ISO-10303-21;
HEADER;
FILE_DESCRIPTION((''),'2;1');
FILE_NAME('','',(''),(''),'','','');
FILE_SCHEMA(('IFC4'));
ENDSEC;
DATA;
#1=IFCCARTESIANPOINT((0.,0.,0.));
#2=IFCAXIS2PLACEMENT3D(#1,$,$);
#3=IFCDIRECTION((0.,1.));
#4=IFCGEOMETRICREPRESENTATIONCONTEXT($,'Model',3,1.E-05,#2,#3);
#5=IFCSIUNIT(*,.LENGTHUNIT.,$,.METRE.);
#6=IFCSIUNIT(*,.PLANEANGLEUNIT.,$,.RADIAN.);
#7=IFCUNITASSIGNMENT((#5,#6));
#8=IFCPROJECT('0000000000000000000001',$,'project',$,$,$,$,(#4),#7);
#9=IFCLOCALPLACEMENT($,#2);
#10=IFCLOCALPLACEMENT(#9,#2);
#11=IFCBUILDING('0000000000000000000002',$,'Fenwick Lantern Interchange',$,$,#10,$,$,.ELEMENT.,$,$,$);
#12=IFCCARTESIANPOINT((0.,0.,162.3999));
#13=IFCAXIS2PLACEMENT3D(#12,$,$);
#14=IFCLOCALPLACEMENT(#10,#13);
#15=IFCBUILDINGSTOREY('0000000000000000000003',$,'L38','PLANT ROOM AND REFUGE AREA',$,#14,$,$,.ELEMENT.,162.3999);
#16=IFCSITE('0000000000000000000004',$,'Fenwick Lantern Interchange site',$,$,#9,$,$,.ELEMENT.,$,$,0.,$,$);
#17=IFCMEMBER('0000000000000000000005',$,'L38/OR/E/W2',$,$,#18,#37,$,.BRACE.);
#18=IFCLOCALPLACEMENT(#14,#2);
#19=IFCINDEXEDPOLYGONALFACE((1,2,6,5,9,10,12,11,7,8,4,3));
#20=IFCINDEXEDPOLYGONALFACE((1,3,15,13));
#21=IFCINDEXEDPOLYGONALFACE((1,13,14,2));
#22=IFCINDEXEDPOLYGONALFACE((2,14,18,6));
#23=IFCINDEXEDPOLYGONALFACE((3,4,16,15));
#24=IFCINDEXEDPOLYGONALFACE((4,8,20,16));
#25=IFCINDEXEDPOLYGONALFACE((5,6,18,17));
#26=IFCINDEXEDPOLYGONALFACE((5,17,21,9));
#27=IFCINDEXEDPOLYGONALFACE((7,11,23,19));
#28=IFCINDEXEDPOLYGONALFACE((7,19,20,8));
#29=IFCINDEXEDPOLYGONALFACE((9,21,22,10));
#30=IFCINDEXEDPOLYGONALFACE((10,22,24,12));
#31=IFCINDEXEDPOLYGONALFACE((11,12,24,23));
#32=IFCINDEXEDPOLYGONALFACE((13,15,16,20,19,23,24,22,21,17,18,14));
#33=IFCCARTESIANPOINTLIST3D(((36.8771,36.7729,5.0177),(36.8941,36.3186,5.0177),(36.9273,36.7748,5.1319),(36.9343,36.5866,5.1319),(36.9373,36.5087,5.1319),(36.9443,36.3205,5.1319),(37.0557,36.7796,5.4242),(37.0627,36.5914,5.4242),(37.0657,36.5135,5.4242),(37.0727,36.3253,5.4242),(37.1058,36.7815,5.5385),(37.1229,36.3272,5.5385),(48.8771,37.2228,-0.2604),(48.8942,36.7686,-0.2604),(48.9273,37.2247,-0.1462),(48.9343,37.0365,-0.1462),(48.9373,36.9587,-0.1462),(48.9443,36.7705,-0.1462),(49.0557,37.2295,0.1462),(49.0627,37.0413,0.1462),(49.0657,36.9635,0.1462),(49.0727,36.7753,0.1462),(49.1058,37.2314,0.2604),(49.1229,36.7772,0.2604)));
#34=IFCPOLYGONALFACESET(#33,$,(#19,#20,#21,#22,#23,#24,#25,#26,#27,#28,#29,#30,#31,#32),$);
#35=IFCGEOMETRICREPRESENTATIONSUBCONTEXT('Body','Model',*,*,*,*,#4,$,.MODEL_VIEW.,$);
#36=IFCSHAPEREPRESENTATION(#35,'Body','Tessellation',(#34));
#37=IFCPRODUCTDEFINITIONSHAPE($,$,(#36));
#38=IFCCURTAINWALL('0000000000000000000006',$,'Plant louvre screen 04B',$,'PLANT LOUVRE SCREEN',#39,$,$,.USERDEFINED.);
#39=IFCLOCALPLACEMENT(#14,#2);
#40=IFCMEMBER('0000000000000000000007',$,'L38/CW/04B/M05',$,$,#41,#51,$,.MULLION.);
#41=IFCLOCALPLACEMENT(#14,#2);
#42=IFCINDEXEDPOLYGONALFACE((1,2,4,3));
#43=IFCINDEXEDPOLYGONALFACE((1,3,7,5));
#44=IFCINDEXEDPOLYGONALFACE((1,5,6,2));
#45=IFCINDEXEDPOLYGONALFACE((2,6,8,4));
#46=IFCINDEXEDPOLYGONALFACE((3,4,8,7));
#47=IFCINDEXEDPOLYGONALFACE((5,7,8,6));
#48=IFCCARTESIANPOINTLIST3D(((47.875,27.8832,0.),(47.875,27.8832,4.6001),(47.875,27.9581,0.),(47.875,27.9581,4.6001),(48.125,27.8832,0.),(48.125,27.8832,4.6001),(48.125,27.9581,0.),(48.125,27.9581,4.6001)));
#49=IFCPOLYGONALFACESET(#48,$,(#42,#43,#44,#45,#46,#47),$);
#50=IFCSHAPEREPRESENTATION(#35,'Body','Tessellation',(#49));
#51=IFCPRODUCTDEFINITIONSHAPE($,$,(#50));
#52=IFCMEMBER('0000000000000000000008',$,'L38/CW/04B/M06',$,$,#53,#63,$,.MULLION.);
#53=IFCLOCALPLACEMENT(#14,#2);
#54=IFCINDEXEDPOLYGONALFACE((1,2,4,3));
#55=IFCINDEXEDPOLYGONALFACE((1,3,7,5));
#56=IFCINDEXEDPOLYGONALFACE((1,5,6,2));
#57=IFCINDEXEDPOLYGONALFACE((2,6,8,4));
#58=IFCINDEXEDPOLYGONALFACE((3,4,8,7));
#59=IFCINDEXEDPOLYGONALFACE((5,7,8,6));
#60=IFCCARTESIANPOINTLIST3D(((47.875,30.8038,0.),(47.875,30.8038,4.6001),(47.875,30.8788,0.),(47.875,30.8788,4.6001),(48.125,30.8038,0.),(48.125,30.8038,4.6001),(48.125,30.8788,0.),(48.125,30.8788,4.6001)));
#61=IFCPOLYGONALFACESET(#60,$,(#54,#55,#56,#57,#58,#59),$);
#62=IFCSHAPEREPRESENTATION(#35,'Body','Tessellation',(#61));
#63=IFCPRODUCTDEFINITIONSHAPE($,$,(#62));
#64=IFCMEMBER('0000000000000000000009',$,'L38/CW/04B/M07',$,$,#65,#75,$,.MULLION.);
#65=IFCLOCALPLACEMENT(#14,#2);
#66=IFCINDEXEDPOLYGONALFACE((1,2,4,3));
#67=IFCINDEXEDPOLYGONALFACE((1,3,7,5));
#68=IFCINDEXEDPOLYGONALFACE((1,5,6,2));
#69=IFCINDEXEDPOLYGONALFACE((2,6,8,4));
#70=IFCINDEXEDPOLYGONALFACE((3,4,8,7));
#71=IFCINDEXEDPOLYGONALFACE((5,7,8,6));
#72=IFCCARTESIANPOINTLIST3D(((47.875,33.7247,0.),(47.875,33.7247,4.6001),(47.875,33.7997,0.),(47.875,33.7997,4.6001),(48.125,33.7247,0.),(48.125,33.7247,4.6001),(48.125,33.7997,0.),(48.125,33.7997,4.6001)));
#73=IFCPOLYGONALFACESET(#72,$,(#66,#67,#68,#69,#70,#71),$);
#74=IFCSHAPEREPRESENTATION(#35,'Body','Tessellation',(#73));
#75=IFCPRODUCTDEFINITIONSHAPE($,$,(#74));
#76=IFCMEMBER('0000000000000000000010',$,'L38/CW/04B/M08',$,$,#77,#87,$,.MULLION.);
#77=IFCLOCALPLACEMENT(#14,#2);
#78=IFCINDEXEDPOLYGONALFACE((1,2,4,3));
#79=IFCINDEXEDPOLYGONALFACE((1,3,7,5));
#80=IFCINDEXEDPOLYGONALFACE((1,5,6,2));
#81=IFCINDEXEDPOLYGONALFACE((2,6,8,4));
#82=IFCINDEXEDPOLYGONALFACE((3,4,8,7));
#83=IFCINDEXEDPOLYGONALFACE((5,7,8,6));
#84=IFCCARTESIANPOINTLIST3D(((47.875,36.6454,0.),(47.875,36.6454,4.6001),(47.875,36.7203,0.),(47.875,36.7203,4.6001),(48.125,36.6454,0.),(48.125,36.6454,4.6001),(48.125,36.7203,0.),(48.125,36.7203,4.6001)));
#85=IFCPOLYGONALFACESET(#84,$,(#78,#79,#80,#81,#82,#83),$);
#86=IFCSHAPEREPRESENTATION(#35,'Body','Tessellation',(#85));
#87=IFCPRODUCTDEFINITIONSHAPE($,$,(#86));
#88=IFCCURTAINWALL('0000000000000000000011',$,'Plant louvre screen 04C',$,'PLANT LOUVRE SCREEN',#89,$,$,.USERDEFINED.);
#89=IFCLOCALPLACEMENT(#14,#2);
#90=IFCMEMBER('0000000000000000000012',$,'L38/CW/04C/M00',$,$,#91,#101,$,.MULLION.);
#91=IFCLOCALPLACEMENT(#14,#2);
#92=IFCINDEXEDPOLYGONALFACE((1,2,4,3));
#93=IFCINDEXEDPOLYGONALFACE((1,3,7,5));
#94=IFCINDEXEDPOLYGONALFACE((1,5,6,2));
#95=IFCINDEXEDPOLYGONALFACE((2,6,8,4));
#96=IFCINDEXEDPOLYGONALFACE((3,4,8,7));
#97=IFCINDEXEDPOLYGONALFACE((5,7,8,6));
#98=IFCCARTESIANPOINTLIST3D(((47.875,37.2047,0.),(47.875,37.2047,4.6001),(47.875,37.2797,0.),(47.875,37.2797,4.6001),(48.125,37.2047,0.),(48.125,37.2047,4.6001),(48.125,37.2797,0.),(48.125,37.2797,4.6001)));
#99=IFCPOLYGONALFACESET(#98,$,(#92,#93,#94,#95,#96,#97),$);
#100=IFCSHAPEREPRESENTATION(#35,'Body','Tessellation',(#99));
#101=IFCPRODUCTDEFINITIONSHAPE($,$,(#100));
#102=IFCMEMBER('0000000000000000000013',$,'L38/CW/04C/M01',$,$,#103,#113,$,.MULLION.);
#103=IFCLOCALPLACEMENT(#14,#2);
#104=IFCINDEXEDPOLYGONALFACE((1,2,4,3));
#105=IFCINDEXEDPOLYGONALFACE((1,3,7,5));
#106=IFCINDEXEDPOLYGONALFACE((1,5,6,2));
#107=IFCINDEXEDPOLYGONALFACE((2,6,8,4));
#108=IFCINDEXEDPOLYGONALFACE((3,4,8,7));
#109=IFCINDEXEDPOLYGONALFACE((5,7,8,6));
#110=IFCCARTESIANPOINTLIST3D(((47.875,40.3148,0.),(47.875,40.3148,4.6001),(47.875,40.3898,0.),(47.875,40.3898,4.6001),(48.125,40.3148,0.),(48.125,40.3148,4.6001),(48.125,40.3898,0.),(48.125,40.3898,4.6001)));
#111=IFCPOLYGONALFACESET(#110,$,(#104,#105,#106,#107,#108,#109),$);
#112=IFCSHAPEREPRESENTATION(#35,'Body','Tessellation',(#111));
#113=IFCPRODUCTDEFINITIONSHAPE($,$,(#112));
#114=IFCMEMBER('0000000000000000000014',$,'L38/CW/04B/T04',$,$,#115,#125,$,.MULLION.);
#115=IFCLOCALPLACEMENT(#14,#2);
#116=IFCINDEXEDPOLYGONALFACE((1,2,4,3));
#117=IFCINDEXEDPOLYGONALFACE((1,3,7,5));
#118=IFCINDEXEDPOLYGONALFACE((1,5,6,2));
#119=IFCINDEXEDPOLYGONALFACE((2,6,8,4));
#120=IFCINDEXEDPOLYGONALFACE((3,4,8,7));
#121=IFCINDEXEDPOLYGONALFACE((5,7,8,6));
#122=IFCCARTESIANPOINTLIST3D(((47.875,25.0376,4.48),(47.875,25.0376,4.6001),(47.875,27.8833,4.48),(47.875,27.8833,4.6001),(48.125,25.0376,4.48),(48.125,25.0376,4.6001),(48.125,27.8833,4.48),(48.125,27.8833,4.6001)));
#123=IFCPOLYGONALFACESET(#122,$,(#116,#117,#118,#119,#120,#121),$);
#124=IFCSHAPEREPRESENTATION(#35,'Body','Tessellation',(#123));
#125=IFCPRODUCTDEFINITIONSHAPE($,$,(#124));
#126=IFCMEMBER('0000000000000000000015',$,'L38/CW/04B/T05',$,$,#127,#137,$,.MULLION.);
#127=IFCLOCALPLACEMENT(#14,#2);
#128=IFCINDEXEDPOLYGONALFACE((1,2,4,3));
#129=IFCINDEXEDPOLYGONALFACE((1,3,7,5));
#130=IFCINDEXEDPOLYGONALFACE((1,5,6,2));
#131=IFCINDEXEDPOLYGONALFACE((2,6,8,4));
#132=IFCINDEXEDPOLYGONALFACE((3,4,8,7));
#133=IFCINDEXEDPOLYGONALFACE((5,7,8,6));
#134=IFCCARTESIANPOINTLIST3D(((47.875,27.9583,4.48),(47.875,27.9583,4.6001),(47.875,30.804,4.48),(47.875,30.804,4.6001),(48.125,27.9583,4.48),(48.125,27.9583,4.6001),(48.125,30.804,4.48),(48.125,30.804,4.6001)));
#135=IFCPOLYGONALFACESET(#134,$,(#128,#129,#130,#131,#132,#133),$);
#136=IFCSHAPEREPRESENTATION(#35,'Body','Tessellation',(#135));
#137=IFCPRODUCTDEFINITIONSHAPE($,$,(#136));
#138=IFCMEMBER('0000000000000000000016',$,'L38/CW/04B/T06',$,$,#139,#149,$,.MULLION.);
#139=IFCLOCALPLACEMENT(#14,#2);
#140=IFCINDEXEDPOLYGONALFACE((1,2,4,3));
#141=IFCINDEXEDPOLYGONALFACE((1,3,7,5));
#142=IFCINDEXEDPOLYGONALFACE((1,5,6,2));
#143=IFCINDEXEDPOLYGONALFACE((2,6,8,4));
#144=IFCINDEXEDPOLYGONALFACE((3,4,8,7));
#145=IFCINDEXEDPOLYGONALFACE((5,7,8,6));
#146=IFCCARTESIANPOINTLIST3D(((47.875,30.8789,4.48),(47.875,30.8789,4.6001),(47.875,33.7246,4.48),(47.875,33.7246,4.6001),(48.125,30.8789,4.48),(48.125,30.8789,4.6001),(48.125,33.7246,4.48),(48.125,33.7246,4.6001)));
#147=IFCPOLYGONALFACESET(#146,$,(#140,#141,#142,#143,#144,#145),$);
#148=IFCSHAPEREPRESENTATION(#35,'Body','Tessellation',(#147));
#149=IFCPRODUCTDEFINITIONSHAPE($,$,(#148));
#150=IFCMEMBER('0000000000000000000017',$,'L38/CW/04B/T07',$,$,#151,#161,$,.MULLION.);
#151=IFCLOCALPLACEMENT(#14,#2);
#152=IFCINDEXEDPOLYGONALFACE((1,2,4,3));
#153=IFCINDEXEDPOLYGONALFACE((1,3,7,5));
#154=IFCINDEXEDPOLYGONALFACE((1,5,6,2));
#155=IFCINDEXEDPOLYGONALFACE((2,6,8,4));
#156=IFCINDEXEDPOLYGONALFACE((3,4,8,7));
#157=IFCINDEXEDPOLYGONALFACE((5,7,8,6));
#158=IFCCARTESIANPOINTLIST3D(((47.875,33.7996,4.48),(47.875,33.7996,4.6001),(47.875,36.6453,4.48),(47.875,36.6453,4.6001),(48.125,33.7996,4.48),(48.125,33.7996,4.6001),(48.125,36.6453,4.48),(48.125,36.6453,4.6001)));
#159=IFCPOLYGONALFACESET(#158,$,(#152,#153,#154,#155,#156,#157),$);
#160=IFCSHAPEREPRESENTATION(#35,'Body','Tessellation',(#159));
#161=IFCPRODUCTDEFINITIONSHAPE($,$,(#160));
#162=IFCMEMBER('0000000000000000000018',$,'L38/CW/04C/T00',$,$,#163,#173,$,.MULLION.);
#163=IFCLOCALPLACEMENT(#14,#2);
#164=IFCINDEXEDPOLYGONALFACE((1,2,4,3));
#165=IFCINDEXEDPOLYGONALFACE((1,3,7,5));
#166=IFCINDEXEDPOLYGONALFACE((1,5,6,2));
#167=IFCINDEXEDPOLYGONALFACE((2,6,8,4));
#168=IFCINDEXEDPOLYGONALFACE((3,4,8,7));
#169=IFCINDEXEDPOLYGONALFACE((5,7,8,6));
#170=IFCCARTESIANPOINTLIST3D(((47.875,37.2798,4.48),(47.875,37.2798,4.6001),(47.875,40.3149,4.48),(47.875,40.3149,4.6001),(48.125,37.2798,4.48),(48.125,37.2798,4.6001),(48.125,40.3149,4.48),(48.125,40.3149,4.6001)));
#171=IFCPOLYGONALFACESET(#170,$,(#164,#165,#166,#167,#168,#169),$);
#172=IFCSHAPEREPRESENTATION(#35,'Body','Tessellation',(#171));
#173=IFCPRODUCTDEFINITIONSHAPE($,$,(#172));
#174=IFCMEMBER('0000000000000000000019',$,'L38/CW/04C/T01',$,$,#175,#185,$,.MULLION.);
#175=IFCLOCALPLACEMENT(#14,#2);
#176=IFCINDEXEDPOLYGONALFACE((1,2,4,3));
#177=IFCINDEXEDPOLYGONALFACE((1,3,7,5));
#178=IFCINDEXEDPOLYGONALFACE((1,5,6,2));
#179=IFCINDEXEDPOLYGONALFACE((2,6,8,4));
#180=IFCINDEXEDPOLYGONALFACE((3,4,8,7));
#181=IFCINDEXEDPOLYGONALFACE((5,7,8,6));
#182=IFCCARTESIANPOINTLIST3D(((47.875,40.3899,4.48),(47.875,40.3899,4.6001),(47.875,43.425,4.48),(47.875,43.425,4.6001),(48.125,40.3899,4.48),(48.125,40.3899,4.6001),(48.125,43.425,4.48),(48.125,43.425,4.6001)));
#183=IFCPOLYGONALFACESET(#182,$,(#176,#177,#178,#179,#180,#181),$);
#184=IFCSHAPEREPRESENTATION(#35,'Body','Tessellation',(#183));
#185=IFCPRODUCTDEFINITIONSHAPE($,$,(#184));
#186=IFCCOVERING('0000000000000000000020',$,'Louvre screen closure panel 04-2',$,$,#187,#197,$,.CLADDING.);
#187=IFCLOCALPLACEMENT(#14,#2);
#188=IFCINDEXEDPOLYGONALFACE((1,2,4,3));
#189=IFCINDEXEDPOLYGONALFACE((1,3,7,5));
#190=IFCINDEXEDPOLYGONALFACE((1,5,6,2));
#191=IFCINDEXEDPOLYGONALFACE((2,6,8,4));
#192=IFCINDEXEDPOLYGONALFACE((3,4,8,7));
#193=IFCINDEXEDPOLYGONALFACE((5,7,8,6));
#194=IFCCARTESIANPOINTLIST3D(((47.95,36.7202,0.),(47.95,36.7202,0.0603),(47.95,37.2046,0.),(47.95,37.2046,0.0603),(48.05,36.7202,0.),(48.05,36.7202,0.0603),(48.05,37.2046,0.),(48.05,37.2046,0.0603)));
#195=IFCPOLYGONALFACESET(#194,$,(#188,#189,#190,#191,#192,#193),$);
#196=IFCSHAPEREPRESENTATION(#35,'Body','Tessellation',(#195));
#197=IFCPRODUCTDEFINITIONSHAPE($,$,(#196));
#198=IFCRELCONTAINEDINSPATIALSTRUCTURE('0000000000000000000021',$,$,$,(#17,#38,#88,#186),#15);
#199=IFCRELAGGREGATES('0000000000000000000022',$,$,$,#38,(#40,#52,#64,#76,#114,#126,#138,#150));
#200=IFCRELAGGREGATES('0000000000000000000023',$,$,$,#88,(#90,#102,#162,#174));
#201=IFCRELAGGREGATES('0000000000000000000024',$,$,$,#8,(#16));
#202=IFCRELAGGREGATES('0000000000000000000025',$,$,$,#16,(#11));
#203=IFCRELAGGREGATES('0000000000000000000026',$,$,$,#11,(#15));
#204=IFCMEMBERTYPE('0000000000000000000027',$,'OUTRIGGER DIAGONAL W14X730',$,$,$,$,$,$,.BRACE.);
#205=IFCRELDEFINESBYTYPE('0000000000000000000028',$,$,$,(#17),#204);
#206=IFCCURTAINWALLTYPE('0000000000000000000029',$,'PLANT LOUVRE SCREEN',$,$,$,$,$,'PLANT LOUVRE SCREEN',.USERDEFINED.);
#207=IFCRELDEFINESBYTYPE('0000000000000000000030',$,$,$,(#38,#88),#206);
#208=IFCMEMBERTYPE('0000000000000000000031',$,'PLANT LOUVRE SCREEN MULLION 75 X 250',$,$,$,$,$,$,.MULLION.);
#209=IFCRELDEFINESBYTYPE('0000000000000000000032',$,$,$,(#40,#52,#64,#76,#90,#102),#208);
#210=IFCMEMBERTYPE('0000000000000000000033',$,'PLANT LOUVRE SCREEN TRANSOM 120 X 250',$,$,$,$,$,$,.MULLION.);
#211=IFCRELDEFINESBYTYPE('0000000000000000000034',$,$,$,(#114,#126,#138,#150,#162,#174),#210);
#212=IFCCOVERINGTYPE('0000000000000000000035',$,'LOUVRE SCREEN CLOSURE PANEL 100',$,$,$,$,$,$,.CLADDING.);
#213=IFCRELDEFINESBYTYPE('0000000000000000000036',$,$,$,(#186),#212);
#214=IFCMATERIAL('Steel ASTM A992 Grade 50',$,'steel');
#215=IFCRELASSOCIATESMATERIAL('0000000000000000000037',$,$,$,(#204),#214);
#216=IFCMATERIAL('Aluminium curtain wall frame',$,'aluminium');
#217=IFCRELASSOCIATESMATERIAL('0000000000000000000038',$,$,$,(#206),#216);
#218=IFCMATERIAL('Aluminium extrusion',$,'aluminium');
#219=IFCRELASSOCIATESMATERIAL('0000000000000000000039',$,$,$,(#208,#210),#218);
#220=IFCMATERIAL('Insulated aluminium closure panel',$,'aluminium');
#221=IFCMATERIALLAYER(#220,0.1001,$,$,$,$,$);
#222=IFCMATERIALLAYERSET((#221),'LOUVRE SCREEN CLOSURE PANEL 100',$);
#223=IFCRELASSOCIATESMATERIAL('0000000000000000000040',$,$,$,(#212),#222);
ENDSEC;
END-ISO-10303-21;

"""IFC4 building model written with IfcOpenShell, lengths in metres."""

from ifc_helpers import new_model, si_unit, direction, frame, origin, origin_2d, place, context, subcontext, project, spatial, rectangle, i_section, extrude, material, layer, layer_set, material_profile, profile_set, type_object, element, aggregate, save


model = new_model("IFC4")

# Units and contexts
model_context = context("Model", 3, precision=1e-05, world=origin(), true_north=direction((0.0, 1.0)))
body_context = subcontext(model_context, "Body", "Model", "MODEL_VIEW")
ifc_project = project(units=[si_unit("LENGTHUNIT", "METRE"), si_unit("PLANEANGLEUNIT", "RADIAN")], contexts=[model_context])

# Site, building, storey
site_placement = place(None, origin())
site = spatial("IfcSite", under=ifc_project, at=site_placement, Name="Fenwick Lantern Interchange site", CompositionType="ELEMENT", RefElevation=0.0)
building_placement = place(site_placement, origin())
building = spatial("IfcBuilding", under=site, at=building_placement, Name="Fenwick Lantern Interchange", CompositionType="ELEMENT")
storey_placement = place(building_placement, frame((0.0, 0.0, 162.3999)))
storey = spatial("IfcBuildingStorey", under=building, at=storey_placement, Name="L38", Description="PLANT ROOM AND REFUGE AREA", CompositionType="ELEMENT", Elevation=162.3999)

# Shared definitions
ifc_material_1 = material(Name="Steel ASTM A992 Grade 50", Category="steel")

# Member
ifc_material_profile_1 = material_profile(ifc_material_1, i_section(OverallWidth=0.4546, OverallDepth=0.5688, WebThickness=0.0779, FlangeThickness=0.1248, at=origin_2d()), Name="W14X730")
ifc_profile_set_1 = profile_set([ifc_material_profile_1], Name="Steel ASTM A992 Grade 50")
member_type_1 = type_object("IfcMemberType", Name="OUTRIGGER DIAGONAL W14X730", PredefinedType="BRACE", material=ifc_profile_set_1)
member_1_placement = place(storey_placement, frame((49.0, 37.0, 0.0), z_axis=(-0.91483, -0.034302, 0.402379), x_axis=(0.03747, -0.999298, 0.0)))
element("IfcMember", 1, at=member_1_placement, inside=storey, type_object=member_type_1, Name="L38/OR/E/W2", PredefinedType="BRACE", context=body_context, shape_type="SweptSolid", body=[
    extrude(i_section(OverallWidth=0.4546, OverallDepth=0.5688, WebThickness=0.0779, FlangeThickness=0.1248, at=origin_2d()), origin(), (0.0, 0.0, 1.0), 13.1172),
])

# Curtain walls, members
ifc_material_2 = material(Name="Aluminium curtain wall frame", Category="aluminium")
curtain_wall_type = type_object("IfcCurtainWallType", Name="PLANT LOUVRE SCREEN", ElementType="PLANT LOUVRE SCREEN", PredefinedType="USERDEFINED", material=ifc_material_2)
curtain_wall_1_placement = place(storey_placement, origin())
curtain_wall_1 = element("IfcCurtainWall", 2, at=curtain_wall_1_placement, inside=storey, type_object=curtain_wall_type, Name="Plant louvre screen 04B", ObjectType="PLANT LOUVRE SCREEN", PredefinedType="USERDEFINED")
ifc_material_3 = material(Name="Aluminium extrusion", Category="aluminium")
ifc_material_profile_2 = material_profile(ifc_material_3, rectangle(XDim=0.25, YDim=0.075, at=origin_2d()), Name="PLANT LOUVRE SCREEN MULLION 75 X 250")
ifc_profile_set_2 = profile_set([ifc_material_profile_2], Name="Aluminium extrusion")
member_type_2 = type_object("IfcMemberType", Name="PLANT LOUVRE SCREEN MULLION 75 X 250", PredefinedType="MULLION", material=ifc_profile_set_2)
member_2_placement = place(storey_placement, frame((48.0, 27.9207, 0.0), z_axis=(0.0, 0.0, 1.0), x_axis=(-1.0, 0.0, 0.0)))
member_2 = element("IfcMember", 3, at=member_2_placement, type_object=member_type_2, Name="L38/CW/04B/M05", PredefinedType="MULLION", context=body_context, shape_type="SweptSolid", body=[
    extrude(rectangle(XDim=0.25, YDim=0.075, at=origin_2d()), origin(), (0.0, 0.0, 1.0), 4.6001),
])
member_3_placement = place(storey_placement, frame((48.0, 30.8413, 0.0), z_axis=(0.0, 0.0, 1.0), x_axis=(-1.0, 0.0, 0.0)))
member_3 = element("IfcMember", 4, at=member_3_placement, type_object=member_type_2, Name="L38/CW/04B/M06", PredefinedType="MULLION", context=body_context, shape_type="SweptSolid", body=[
    extrude(rectangle(XDim=0.25, YDim=0.075, at=origin_2d()), origin(), (0.0, 0.0, 1.0), 4.6001),
])
member_4_placement = place(storey_placement, frame((48.0, 33.7622, 0.0), z_axis=(0.0, 0.0, 1.0), x_axis=(-1.0, 0.0, 0.0)))
member_4 = element("IfcMember", 5, at=member_4_placement, type_object=member_type_2, Name="L38/CW/04B/M07", PredefinedType="MULLION", context=body_context, shape_type="SweptSolid", body=[
    extrude(rectangle(XDim=0.25, YDim=0.075, at=origin_2d()), origin(), (0.0, 0.0, 1.0), 4.6001),
])
member_5_placement = place(storey_placement, frame((48.0, 36.6829, 0.0), z_axis=(0.0, 0.0, 1.0), x_axis=(-1.0, 0.0, 0.0)))
member_5 = element("IfcMember", 6, at=member_5_placement, type_object=member_type_2, Name="L38/CW/04B/M08", PredefinedType="MULLION", context=body_context, shape_type="SweptSolid", body=[
    extrude(rectangle(XDim=0.25, YDim=0.075, at=origin_2d()), origin(), (0.0, 0.0, 1.0), 4.6001),
])
curtain_wall_2_placement = place(storey_placement, origin())
curtain_wall_2 = element("IfcCurtainWall", 7, at=curtain_wall_2_placement, inside=storey, type_object=curtain_wall_type, Name="Plant louvre screen 04C", ObjectType="PLANT LOUVRE SCREEN", PredefinedType="USERDEFINED")
member_6_placement = place(storey_placement, frame((48.0, 37.2422, 0.0), z_axis=(0.0, 0.0, 1.0), x_axis=(-1.0, 0.0, 0.0)))
member_6 = element("IfcMember", 8, at=member_6_placement, type_object=member_type_2, Name="L38/CW/04C/M00", PredefinedType="MULLION", context=body_context, shape_type="SweptSolid", body=[
    extrude(rectangle(XDim=0.25, YDim=0.075, at=origin_2d()), origin(), (0.0, 0.0, 1.0), 4.6001),
])
member_7_placement = place(storey_placement, frame((48.0, 40.3523, 0.0), z_axis=(0.0, 0.0, 1.0), x_axis=(-1.0, 0.0, 0.0)))
member_7 = element("IfcMember", 9, at=member_7_placement, type_object=member_type_2, Name="L38/CW/04C/M01", PredefinedType="MULLION", context=body_context, shape_type="SweptSolid", body=[
    extrude(rectangle(XDim=0.25, YDim=0.075, at=origin_2d()), origin(), (0.0, 0.0, 1.0), 4.6001),
])

# Members
ifc_material_profile_3 = material_profile(ifc_material_3, rectangle(XDim=0.25, YDim=0.1201, at=origin_2d()), Name="PLANT LOUVRE SCREEN TRANSOM 120 X 250")
ifc_profile_set_3 = profile_set([ifc_material_profile_3], Name="Aluminium extrusion")
member_type_3 = type_object("IfcMemberType", Name="PLANT LOUVRE SCREEN TRANSOM 120 X 250", PredefinedType="MULLION", material=ifc_profile_set_3)
member_8_placement = place(storey_placement, frame((48.0, 25.0376, 4.54), z_axis=(0.0, 1.0, 0.0), x_axis=(-1.0, 0.0, 0.0)))
member_8 = element("IfcMember", 10, at=member_8_placement, type_object=member_type_3, Name="L38/CW/04B/T04", PredefinedType="MULLION", context=body_context, shape_type="SweptSolid", body=[
    extrude(rectangle(XDim=0.25, YDim=0.1201, at=origin_2d()), origin(), (0.0, 0.0, 1.0), 2.8457),
])
member_9_placement = place(storey_placement, frame((48.0, 27.9583, 4.54), z_axis=(0.0, 1.0, 0.0), x_axis=(-1.0, 0.0, 0.0)))
member_9 = element("IfcMember", 11, at=member_9_placement, type_object=member_type_3, Name="L38/CW/04B/T05", PredefinedType="MULLION", context=body_context, shape_type="SweptSolid", body=[
    extrude(rectangle(XDim=0.25, YDim=0.1201, at=origin_2d()), origin(), (0.0, 0.0, 1.0), 2.8457),
])
member_10_placement = place(storey_placement, frame((48.0, 30.8789, 4.54), z_axis=(0.0, 1.0, 0.0), x_axis=(-1.0, 0.0, 0.0)))
member_10 = element("IfcMember", 12, at=member_10_placement, type_object=member_type_3, Name="L38/CW/04B/T06", PredefinedType="MULLION", context=body_context, shape_type="SweptSolid", body=[
    extrude(rectangle(XDim=0.25, YDim=0.1201, at=origin_2d()), origin(), (0.0, 0.0, 1.0), 2.8457),
])
member_11_placement = place(storey_placement, frame((48.0, 33.7996, 4.54), z_axis=(0.0, 1.0, 0.0), x_axis=(-1.0, 0.0, 0.0)))
member_11 = element("IfcMember", 13, at=member_11_placement, type_object=member_type_3, Name="L38/CW/04B/T07", PredefinedType="MULLION", context=body_context, shape_type="SweptSolid", body=[
    extrude(rectangle(XDim=0.25, YDim=0.1201, at=origin_2d()), origin(), (0.0, 0.0, 1.0), 2.8457),
])
member_12_placement = place(storey_placement, frame((48.0, 37.2798, 4.54), z_axis=(0.0, 1.0, 0.0), x_axis=(-1.0, 0.0, 0.0)))
member_12 = element("IfcMember", 14, at=member_12_placement, type_object=member_type_3, Name="L38/CW/04C/T00", PredefinedType="MULLION", context=body_context, shape_type="SweptSolid", body=[
    extrude(rectangle(XDim=0.25, YDim=0.1201, at=origin_2d()), origin(), (0.0, 0.0, 1.0), 3.0352),
])
member_13_placement = place(storey_placement, frame((48.0, 40.3899, 4.54), z_axis=(0.0, 1.0, 0.0), x_axis=(-1.0, 0.0, 0.0)))
member_13 = element("IfcMember", 15, at=member_13_placement, type_object=member_type_3, Name="L38/CW/04C/T01", PredefinedType="MULLION", context=body_context, shape_type="SweptSolid", body=[
    extrude(rectangle(XDim=0.25, YDim=0.1201, at=origin_2d()), origin(), (0.0, 0.0, 1.0), 3.0352),
])

# Covering
ifc_material_4 = material(Name="Insulated aluminium closure panel", Category="aluminium")
ifc_layer_1 = layer(ifc_material_4, 0.1001)
ifc_layer_set_1 = layer_set([ifc_layer_1], Name="LOUVRE SCREEN CLOSURE PANEL 100")
covering_type = type_object("IfcCoveringType", Name="LOUVRE SCREEN CLOSURE PANEL 100", PredefinedType="CLADDING", material=ifc_layer_set_1)
covering_placement = place(storey_placement, frame((48.0, 36.9624, 0.0), z_axis=(0.0, 0.0, 1.0), x_axis=(0.0, 1.0, 0.0)))
element("IfcCovering", 16, at=covering_placement, inside=storey, type_object=covering_type, Name="Louvre screen closure panel 04-2", PredefinedType="CLADDING", context=body_context, shape_type="SweptSolid", body=[
    extrude(rectangle(XDim=0.4844, YDim=0.1001, at=origin_2d()), origin(), (0.0, 0.0, 1.0), 0.0603),
])

aggregate(curtain_wall_1, [member_2, member_3, member_4, member_5, member_8, member_9, member_10, member_11])
aggregate(curtain_wall_2, [member_6, member_7, member_12, member_13])

save(model, "model.ifc")
